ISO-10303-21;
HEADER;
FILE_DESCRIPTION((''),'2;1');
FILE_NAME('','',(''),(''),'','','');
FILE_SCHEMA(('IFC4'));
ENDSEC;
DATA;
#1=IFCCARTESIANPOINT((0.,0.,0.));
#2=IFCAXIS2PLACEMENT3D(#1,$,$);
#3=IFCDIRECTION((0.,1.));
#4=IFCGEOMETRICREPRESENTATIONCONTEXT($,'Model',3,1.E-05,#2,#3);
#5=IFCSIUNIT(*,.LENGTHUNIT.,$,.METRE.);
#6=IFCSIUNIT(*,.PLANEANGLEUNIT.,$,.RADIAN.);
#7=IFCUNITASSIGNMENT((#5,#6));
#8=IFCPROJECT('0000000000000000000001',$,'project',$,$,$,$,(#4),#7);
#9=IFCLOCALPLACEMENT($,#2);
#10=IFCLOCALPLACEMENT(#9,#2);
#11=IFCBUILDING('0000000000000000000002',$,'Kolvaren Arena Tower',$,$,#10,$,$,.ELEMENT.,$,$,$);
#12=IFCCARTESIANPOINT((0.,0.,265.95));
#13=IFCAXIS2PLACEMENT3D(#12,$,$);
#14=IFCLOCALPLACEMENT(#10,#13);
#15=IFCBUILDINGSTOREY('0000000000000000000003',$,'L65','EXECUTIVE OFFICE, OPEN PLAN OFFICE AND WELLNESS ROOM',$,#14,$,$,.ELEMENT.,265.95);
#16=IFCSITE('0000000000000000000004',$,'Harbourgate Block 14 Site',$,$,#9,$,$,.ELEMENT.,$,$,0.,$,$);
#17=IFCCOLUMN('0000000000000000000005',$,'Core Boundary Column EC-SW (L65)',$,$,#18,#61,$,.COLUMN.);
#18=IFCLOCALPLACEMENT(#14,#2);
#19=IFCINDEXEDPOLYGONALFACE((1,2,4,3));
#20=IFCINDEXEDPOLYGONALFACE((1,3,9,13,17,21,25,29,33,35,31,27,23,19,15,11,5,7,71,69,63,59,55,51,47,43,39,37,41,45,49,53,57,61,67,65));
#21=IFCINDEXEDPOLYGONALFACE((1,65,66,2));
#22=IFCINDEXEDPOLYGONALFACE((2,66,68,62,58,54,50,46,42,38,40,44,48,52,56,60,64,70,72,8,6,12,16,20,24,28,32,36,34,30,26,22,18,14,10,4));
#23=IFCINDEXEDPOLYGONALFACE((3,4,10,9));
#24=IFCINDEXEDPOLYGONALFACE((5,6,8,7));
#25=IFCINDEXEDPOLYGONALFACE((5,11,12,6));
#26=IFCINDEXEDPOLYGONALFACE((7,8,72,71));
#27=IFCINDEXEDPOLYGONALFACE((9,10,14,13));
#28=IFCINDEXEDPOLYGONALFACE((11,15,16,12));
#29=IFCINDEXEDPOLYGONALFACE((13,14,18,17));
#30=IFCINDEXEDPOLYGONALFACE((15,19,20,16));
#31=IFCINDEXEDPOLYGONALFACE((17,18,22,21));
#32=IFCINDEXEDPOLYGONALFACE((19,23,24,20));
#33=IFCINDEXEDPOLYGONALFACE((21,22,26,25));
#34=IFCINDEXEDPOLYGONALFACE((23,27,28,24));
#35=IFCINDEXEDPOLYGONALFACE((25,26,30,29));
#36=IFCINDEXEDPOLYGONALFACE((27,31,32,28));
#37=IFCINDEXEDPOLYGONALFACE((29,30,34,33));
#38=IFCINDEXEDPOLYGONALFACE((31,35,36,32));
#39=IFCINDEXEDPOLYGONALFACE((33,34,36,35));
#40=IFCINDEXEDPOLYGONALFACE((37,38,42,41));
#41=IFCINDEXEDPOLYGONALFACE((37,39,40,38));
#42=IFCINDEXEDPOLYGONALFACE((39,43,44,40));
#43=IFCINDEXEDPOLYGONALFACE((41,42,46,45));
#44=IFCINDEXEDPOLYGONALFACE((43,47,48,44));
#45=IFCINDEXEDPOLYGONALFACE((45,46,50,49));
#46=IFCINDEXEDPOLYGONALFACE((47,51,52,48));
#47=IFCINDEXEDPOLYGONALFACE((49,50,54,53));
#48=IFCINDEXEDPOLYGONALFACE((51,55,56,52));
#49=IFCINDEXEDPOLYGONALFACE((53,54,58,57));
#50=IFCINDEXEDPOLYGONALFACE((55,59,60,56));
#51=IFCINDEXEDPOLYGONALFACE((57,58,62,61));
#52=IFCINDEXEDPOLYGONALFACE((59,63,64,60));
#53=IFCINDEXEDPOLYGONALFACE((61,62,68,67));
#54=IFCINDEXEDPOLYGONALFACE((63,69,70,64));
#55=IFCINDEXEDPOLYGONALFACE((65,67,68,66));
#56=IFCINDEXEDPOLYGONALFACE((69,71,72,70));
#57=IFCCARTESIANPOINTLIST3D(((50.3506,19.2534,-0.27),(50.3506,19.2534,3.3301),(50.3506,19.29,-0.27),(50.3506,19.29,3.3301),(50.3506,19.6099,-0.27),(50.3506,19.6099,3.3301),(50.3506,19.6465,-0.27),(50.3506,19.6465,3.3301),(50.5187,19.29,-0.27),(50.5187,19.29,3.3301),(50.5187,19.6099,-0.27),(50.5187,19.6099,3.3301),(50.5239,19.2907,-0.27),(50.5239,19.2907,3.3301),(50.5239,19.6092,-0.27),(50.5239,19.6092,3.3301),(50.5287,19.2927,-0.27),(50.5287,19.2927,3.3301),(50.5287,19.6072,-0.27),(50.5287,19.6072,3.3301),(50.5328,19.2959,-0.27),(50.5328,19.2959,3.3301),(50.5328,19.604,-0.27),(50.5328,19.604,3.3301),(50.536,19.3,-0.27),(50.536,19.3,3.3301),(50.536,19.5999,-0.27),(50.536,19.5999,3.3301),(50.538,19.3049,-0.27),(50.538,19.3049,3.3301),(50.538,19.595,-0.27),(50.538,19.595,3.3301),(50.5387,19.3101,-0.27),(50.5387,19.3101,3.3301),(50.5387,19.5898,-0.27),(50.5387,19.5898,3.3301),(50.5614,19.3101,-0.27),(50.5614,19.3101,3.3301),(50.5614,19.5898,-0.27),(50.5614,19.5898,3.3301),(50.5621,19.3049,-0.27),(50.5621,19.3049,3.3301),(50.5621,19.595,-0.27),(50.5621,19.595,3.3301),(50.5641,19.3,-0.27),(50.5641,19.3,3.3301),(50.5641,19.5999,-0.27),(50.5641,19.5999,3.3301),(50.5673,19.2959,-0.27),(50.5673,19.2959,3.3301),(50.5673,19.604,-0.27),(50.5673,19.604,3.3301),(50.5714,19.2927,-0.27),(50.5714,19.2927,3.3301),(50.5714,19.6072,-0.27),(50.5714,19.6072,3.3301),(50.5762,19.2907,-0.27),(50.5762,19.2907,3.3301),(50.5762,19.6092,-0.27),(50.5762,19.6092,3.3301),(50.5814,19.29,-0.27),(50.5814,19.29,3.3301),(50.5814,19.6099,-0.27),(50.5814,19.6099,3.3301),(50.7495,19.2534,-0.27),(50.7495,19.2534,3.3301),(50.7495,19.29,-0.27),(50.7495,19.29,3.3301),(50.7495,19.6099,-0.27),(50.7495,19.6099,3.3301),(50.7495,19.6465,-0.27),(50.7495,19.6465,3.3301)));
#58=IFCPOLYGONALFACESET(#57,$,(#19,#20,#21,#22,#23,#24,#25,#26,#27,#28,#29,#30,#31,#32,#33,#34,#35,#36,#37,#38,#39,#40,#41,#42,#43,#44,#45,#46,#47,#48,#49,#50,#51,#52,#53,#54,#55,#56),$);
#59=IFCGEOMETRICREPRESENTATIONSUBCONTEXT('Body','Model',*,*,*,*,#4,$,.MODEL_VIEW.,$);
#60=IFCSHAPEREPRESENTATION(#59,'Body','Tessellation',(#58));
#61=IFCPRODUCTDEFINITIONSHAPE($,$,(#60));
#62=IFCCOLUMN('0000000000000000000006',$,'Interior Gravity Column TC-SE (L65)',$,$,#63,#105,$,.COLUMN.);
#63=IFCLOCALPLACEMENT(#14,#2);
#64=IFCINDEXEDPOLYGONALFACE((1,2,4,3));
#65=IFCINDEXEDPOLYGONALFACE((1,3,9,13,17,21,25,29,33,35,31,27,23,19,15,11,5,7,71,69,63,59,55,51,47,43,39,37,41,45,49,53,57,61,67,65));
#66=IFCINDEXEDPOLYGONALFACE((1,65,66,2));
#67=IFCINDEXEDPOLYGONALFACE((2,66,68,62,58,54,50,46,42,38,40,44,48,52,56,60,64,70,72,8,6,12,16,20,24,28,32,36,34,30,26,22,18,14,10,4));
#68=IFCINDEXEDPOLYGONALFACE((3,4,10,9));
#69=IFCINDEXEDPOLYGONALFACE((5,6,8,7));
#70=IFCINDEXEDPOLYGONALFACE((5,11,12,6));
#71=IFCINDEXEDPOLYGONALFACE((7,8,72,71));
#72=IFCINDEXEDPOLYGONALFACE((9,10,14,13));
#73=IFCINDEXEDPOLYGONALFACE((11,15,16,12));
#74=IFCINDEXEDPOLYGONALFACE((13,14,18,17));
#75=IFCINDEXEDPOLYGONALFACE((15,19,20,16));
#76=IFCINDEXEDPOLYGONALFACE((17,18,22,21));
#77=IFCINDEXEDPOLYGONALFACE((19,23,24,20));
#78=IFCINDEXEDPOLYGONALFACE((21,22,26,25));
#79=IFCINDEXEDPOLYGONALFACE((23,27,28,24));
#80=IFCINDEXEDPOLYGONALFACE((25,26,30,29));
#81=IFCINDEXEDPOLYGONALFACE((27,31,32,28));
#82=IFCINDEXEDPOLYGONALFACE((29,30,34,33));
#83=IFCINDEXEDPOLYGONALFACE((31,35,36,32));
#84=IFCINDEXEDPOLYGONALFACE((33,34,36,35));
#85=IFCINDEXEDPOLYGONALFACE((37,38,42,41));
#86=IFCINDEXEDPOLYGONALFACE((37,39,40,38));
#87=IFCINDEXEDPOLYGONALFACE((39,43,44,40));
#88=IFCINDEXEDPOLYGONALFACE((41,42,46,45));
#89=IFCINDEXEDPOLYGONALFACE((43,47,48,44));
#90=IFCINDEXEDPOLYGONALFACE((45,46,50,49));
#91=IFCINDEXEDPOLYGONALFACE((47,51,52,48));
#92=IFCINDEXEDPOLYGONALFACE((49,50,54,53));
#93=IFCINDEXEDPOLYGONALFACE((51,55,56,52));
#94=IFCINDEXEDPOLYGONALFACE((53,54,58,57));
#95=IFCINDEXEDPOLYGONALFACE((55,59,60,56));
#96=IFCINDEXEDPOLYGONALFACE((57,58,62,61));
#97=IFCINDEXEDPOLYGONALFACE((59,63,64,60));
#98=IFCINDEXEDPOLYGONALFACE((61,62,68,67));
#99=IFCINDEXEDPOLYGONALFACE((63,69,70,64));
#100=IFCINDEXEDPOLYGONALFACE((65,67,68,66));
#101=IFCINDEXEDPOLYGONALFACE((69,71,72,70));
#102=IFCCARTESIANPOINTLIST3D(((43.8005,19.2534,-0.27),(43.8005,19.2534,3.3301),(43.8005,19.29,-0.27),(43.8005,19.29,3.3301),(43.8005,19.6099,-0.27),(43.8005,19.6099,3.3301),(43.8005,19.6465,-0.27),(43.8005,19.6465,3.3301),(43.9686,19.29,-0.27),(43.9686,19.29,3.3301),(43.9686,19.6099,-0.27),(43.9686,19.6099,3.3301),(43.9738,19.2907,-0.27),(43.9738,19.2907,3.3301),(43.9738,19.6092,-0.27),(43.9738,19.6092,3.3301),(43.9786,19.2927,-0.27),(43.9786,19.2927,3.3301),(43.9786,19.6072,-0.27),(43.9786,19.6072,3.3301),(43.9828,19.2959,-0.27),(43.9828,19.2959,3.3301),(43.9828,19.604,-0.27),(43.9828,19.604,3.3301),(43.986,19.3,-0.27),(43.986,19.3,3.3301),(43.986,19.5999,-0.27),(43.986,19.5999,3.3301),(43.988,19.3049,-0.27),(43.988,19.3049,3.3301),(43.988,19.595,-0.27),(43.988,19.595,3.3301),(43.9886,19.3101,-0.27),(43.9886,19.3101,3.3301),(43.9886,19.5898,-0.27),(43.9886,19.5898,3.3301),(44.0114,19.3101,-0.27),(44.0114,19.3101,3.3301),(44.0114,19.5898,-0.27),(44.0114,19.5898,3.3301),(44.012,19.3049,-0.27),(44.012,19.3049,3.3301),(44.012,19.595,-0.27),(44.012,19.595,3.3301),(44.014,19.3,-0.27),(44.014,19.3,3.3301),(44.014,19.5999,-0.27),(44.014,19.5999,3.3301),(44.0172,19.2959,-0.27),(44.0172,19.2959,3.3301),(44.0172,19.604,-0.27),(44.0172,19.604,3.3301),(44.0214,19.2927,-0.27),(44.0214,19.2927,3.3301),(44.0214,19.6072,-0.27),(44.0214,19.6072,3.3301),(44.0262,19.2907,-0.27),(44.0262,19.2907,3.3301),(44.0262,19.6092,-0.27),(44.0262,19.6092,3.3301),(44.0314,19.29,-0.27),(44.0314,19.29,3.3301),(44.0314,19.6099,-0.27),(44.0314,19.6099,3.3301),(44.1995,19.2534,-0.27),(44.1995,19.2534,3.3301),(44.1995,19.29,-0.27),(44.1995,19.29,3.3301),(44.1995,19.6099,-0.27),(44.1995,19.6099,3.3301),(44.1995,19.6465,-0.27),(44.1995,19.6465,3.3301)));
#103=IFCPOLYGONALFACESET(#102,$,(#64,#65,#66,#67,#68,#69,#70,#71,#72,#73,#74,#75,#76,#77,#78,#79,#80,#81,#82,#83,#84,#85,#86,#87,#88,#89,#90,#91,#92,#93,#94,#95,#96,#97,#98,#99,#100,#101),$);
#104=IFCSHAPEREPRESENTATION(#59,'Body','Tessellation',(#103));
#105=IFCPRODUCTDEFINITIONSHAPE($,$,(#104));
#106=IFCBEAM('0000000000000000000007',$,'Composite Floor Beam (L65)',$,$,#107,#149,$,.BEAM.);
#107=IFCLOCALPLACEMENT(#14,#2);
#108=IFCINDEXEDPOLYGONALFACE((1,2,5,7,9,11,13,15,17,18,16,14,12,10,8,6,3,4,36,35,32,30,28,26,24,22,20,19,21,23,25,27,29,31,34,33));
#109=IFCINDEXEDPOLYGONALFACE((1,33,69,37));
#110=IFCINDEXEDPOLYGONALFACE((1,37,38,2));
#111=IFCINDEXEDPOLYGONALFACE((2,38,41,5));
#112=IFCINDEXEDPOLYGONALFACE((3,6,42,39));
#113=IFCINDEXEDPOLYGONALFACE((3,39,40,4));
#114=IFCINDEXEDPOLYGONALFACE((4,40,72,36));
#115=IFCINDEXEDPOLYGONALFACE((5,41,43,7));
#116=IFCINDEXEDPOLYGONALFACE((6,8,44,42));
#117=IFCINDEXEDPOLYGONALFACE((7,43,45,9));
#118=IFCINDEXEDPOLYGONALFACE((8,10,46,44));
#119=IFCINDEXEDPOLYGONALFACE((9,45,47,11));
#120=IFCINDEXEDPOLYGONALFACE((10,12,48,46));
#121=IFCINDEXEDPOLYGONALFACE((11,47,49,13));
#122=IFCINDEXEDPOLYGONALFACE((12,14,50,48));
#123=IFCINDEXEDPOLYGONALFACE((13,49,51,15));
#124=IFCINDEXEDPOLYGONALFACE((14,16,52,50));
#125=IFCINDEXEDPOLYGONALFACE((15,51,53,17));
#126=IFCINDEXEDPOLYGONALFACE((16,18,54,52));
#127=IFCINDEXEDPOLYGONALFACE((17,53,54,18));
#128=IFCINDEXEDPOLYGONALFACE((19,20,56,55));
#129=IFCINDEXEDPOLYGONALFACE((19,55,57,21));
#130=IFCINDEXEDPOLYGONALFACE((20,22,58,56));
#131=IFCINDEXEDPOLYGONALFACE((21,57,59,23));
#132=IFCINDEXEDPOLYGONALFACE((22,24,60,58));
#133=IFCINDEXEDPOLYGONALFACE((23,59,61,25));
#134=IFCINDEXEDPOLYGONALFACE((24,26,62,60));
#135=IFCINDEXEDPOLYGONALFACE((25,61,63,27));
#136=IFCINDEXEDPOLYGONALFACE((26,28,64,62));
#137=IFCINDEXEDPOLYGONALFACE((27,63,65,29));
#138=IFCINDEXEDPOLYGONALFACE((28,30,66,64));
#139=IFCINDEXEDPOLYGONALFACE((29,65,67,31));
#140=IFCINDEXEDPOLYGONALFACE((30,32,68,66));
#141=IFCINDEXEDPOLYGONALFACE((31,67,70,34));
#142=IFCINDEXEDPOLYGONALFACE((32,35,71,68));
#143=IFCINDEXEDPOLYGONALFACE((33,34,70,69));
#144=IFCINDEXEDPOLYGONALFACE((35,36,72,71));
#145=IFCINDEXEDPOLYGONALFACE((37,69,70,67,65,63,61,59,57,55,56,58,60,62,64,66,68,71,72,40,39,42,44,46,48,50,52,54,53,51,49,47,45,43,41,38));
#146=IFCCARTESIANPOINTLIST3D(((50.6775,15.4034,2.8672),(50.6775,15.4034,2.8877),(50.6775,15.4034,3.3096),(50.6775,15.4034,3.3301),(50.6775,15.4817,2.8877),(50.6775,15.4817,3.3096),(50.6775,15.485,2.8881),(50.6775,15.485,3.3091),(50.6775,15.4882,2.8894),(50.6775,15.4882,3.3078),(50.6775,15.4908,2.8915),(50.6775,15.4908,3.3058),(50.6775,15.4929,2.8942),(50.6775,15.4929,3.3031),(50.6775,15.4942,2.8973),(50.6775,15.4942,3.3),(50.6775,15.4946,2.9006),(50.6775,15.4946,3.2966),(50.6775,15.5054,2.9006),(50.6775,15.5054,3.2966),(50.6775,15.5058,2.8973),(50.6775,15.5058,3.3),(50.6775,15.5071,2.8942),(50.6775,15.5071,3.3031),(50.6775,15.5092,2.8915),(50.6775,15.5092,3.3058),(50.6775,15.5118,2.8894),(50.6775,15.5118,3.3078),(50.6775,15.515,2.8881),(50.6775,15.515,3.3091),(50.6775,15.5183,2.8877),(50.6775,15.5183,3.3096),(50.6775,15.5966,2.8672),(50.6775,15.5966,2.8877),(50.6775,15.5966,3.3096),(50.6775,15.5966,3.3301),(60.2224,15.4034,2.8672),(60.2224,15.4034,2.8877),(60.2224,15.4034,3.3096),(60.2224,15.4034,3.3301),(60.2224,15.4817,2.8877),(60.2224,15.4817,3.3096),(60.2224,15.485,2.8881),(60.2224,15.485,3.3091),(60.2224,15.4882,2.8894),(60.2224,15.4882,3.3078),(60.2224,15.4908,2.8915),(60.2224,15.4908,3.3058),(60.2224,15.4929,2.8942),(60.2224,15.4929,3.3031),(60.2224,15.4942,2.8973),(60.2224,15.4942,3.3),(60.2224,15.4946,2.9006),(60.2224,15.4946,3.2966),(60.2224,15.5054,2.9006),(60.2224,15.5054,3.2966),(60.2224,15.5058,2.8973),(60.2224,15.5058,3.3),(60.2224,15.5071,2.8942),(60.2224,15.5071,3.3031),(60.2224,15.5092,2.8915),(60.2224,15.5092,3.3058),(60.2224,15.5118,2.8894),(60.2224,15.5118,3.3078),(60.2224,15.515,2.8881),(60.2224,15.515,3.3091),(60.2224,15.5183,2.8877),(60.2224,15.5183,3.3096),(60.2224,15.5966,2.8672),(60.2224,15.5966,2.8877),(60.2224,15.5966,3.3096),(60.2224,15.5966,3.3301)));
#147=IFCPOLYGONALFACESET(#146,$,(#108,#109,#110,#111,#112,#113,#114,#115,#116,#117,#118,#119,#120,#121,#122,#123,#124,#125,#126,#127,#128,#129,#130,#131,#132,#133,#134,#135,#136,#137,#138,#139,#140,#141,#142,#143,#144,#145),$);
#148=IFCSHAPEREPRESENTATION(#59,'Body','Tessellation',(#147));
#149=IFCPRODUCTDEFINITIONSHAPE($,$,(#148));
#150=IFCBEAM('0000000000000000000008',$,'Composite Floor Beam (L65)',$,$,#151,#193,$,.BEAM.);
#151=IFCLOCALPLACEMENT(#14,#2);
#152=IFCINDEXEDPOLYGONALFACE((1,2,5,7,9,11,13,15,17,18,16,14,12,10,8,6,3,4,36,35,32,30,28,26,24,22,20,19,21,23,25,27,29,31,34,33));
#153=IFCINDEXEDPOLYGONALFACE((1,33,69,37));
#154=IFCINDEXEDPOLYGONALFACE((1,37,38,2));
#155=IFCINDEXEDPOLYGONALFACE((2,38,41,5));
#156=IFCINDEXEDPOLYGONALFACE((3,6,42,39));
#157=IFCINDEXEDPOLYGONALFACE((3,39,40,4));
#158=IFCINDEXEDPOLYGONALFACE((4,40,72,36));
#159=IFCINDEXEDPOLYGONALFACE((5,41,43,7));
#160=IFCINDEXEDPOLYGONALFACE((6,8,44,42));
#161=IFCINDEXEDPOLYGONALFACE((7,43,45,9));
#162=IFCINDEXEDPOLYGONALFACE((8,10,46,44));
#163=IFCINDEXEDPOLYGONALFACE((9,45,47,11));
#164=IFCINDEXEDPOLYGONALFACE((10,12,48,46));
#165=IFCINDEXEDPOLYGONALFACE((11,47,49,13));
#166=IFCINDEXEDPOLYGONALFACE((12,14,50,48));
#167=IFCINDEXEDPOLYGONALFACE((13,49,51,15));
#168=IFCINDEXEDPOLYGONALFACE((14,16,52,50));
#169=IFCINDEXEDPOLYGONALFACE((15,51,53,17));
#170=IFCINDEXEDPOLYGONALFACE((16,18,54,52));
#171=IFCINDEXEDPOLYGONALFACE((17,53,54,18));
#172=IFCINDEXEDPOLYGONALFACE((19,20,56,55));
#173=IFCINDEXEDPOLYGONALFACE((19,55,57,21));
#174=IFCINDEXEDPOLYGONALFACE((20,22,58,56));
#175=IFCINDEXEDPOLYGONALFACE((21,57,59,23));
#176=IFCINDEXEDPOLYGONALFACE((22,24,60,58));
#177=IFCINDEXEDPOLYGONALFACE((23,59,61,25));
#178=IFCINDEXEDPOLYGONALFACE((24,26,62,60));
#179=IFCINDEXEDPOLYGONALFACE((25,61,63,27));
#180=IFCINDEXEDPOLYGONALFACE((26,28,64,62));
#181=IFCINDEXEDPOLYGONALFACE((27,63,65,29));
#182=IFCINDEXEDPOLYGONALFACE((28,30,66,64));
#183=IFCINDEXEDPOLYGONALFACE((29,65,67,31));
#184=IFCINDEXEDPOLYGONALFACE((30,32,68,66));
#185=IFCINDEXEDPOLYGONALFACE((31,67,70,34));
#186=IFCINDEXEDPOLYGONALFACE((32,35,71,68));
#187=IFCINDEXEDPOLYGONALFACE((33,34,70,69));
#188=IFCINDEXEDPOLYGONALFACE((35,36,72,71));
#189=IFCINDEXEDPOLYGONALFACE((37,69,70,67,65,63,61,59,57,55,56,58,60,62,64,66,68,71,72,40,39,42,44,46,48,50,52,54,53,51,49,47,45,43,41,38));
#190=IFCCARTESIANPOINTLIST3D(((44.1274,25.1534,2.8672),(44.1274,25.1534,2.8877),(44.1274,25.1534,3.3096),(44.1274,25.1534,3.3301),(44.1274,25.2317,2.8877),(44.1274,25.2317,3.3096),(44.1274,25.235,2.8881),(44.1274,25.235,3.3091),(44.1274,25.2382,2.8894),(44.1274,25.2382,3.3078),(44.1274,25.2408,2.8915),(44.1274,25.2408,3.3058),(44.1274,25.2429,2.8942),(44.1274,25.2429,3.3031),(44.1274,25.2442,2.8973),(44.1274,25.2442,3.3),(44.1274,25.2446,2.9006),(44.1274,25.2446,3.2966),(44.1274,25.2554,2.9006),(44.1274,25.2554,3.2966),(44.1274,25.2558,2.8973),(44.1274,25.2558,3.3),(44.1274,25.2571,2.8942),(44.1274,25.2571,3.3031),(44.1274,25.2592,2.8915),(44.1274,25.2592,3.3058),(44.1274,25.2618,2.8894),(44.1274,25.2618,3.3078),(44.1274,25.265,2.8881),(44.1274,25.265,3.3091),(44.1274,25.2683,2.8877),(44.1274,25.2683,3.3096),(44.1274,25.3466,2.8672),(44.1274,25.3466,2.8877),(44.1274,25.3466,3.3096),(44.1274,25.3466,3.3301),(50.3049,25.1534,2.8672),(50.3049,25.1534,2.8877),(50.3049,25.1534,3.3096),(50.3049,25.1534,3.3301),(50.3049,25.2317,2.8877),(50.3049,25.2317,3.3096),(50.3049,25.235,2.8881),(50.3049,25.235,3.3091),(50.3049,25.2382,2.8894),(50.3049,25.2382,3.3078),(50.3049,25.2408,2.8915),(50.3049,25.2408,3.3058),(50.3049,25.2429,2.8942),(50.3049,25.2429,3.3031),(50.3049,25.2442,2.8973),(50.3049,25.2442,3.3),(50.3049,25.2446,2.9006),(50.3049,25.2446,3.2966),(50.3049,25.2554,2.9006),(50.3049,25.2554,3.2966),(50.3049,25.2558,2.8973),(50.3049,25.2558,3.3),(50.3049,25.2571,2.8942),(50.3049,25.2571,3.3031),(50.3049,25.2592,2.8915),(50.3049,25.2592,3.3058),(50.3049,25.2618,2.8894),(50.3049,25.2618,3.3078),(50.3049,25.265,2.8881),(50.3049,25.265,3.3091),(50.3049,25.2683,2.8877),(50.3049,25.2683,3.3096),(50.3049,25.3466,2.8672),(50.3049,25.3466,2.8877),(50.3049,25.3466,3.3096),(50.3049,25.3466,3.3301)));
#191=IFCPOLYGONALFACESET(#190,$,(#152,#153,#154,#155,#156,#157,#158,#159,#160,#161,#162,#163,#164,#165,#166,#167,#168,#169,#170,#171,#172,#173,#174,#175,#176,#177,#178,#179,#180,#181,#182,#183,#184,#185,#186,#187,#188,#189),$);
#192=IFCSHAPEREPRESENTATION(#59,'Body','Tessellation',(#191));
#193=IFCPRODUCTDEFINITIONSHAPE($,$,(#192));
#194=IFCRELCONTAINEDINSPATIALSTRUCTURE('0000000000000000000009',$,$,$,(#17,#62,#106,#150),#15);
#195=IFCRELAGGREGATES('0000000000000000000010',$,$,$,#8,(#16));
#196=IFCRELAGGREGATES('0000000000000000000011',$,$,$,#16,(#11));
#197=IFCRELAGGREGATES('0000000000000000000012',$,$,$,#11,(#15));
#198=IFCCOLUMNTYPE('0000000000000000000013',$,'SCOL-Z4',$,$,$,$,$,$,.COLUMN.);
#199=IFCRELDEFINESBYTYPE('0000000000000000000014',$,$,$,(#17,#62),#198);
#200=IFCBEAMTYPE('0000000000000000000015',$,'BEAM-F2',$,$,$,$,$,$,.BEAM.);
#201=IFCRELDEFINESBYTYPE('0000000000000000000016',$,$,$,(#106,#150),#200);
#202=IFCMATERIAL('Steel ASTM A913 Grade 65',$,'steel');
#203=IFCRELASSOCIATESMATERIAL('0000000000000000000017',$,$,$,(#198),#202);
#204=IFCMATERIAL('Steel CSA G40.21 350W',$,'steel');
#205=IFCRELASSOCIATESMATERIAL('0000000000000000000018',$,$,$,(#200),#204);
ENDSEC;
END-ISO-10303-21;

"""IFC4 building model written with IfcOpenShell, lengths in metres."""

from ifc_helpers import new_model, si_unit, direction, frame, origin, origin_2d, place, context, subcontext, project, spatial, i_section, extrude, material, material_profile, profile_set, type_object, element, save


model = new_model("IFC4")

# Units and contexts
model_context = context("Model", 3, precision=1e-05, world=origin(), true_north=direction((0.0, 1.0)))
body_context = subcontext(model_context, "Body", "Model", "MODEL_VIEW")
ifc_project = project(units=[si_unit("LENGTHUNIT", "METRE"), si_unit("PLANEANGLEUNIT", "RADIAN")], contexts=[model_context])

# Site, building, storey
site_placement = place(None, origin())
site = spatial("IfcSite", under=ifc_project, at=site_placement, Name="Harbourgate Block 14 Site", CompositionType="ELEMENT", RefElevation=0.0)
building_placement = place(site_placement, origin())
building = spatial("IfcBuilding", under=site, at=building_placement, Name="Kolvaren Arena Tower", CompositionType="ELEMENT")
storey_placement = place(building_placement, frame((0.0, 0.0, 265.95)))
storey = spatial("IfcBuildingStorey", under=building, at=storey_placement, Name="L65", Description="EXECUTIVE OFFICE, OPEN PLAN OFFICE AND WELLNESS ROOM", CompositionType="ELEMENT", Elevation=265.95)

# Columns
ifc_material_1 = material(Name="Steel ASTM A913 Grade 65", Category="steel")
ifc_material_profile_1 = material_profile(ifc_material_1, i_section(OverallWidth=0.3989, OverallDepth=0.3931, WebThickness=0.0227, FlangeThickness=0.0366, FilletRadius=0.02, at=origin_2d()), Name="W360x287")
ifc_profile_set_1 = profile_set([ifc_material_profile_1], Name="Steel ASTM A913 Grade 65")
column_type = type_object("IfcColumnType", Name="SCOL-Z4", PredefinedType="COLUMN", material=ifc_profile_set_1)
for number, where, z_axis, x_axis, name in (
    (1, (50.55, 19.45, -0.27), (0.0, 0.0, 1.0), (1.0, 0.0, 0.0), "Core Boundary Column EC-SW (L65)"),
    (2, (44.0, 19.45, -0.27), (0.0, 0.0, 1.0), (1.0, 0.0, 0.0), "Interior Gravity Column TC-SE (L65)"),
):
    element("IfcColumn", number, at=place(storey_placement, frame(where, z_axis=z_axis, x_axis=x_axis)), inside=storey, type_object=column_type, Name=name, PredefinedType="COLUMN", context=body_context, shape_type="SweptSolid", body=[
        extrude(i_section(OverallWidth=0.3989, OverallDepth=0.3931, WebThickness=0.0227, FlangeThickness=0.0366, FilletRadius=0.02, at=origin_2d()), origin(), (0.0, 0.0, 1.0), 3.6001),
    ])

# Beams
ifc_material_2 = material(Name="Steel CSA G40.21 350W", Category="steel")
ifc_material_profile_2 = material_profile(ifc_material_2, i_section(OverallWidth=0.1931, OverallDepth=0.4629, WebThickness=0.0107, FlangeThickness=0.0205, FilletRadius=0.0129, at=origin_2d()), Name="W460x113")
ifc_profile_set_2 = profile_set([ifc_material_profile_2], Name="Steel CSA G40.21 350W")
beam_type_1 = type_object("IfcBeamType", Name="BEAM-F2", PredefinedType="BEAM", material=ifc_profile_set_2)
beam_1_placement = place(storey_placement, frame((50.6775, 15.5, 3.0986), z_axis=(1.0, 0.0, 0.0), x_axis=(0.0, 1.0, 0.0)))
element("IfcBeam", 3, at=beam_1_placement, inside=storey, type_object=beam_type_1, Name="Composite Floor Beam (L65)", PredefinedType="BEAM", context=body_context, shape_type="SweptSolid", body=[
    extrude(i_section(OverallWidth=0.1931, OverallDepth=0.4629, WebThickness=0.0107, FlangeThickness=0.0205, FilletRadius=0.0129, at=origin_2d()), origin(), (0.0, 0.0, 1.0), 9.5449),
])
beam_2_placement = place(storey_placement, frame((44.1274, 25.25, 3.0986), z_axis=(1.0, 0.0, 0.0), x_axis=(0.0, 1.0, 0.0)))
element("IfcBeam", 4, at=beam_2_placement, inside=storey, type_object=beam_type_1, Name="Composite Floor Beam (L65)", PredefinedType="BEAM", context=body_context, shape_type="SweptSolid", body=[
    extrude(i_section(OverallWidth=0.1931, OverallDepth=0.4629, WebThickness=0.0107, FlangeThickness=0.0205, FilletRadius=0.0129, at=origin_2d()), origin(), (0.0, 0.0, 1.0), 6.1775),
])

save(model, "model.ifc")
